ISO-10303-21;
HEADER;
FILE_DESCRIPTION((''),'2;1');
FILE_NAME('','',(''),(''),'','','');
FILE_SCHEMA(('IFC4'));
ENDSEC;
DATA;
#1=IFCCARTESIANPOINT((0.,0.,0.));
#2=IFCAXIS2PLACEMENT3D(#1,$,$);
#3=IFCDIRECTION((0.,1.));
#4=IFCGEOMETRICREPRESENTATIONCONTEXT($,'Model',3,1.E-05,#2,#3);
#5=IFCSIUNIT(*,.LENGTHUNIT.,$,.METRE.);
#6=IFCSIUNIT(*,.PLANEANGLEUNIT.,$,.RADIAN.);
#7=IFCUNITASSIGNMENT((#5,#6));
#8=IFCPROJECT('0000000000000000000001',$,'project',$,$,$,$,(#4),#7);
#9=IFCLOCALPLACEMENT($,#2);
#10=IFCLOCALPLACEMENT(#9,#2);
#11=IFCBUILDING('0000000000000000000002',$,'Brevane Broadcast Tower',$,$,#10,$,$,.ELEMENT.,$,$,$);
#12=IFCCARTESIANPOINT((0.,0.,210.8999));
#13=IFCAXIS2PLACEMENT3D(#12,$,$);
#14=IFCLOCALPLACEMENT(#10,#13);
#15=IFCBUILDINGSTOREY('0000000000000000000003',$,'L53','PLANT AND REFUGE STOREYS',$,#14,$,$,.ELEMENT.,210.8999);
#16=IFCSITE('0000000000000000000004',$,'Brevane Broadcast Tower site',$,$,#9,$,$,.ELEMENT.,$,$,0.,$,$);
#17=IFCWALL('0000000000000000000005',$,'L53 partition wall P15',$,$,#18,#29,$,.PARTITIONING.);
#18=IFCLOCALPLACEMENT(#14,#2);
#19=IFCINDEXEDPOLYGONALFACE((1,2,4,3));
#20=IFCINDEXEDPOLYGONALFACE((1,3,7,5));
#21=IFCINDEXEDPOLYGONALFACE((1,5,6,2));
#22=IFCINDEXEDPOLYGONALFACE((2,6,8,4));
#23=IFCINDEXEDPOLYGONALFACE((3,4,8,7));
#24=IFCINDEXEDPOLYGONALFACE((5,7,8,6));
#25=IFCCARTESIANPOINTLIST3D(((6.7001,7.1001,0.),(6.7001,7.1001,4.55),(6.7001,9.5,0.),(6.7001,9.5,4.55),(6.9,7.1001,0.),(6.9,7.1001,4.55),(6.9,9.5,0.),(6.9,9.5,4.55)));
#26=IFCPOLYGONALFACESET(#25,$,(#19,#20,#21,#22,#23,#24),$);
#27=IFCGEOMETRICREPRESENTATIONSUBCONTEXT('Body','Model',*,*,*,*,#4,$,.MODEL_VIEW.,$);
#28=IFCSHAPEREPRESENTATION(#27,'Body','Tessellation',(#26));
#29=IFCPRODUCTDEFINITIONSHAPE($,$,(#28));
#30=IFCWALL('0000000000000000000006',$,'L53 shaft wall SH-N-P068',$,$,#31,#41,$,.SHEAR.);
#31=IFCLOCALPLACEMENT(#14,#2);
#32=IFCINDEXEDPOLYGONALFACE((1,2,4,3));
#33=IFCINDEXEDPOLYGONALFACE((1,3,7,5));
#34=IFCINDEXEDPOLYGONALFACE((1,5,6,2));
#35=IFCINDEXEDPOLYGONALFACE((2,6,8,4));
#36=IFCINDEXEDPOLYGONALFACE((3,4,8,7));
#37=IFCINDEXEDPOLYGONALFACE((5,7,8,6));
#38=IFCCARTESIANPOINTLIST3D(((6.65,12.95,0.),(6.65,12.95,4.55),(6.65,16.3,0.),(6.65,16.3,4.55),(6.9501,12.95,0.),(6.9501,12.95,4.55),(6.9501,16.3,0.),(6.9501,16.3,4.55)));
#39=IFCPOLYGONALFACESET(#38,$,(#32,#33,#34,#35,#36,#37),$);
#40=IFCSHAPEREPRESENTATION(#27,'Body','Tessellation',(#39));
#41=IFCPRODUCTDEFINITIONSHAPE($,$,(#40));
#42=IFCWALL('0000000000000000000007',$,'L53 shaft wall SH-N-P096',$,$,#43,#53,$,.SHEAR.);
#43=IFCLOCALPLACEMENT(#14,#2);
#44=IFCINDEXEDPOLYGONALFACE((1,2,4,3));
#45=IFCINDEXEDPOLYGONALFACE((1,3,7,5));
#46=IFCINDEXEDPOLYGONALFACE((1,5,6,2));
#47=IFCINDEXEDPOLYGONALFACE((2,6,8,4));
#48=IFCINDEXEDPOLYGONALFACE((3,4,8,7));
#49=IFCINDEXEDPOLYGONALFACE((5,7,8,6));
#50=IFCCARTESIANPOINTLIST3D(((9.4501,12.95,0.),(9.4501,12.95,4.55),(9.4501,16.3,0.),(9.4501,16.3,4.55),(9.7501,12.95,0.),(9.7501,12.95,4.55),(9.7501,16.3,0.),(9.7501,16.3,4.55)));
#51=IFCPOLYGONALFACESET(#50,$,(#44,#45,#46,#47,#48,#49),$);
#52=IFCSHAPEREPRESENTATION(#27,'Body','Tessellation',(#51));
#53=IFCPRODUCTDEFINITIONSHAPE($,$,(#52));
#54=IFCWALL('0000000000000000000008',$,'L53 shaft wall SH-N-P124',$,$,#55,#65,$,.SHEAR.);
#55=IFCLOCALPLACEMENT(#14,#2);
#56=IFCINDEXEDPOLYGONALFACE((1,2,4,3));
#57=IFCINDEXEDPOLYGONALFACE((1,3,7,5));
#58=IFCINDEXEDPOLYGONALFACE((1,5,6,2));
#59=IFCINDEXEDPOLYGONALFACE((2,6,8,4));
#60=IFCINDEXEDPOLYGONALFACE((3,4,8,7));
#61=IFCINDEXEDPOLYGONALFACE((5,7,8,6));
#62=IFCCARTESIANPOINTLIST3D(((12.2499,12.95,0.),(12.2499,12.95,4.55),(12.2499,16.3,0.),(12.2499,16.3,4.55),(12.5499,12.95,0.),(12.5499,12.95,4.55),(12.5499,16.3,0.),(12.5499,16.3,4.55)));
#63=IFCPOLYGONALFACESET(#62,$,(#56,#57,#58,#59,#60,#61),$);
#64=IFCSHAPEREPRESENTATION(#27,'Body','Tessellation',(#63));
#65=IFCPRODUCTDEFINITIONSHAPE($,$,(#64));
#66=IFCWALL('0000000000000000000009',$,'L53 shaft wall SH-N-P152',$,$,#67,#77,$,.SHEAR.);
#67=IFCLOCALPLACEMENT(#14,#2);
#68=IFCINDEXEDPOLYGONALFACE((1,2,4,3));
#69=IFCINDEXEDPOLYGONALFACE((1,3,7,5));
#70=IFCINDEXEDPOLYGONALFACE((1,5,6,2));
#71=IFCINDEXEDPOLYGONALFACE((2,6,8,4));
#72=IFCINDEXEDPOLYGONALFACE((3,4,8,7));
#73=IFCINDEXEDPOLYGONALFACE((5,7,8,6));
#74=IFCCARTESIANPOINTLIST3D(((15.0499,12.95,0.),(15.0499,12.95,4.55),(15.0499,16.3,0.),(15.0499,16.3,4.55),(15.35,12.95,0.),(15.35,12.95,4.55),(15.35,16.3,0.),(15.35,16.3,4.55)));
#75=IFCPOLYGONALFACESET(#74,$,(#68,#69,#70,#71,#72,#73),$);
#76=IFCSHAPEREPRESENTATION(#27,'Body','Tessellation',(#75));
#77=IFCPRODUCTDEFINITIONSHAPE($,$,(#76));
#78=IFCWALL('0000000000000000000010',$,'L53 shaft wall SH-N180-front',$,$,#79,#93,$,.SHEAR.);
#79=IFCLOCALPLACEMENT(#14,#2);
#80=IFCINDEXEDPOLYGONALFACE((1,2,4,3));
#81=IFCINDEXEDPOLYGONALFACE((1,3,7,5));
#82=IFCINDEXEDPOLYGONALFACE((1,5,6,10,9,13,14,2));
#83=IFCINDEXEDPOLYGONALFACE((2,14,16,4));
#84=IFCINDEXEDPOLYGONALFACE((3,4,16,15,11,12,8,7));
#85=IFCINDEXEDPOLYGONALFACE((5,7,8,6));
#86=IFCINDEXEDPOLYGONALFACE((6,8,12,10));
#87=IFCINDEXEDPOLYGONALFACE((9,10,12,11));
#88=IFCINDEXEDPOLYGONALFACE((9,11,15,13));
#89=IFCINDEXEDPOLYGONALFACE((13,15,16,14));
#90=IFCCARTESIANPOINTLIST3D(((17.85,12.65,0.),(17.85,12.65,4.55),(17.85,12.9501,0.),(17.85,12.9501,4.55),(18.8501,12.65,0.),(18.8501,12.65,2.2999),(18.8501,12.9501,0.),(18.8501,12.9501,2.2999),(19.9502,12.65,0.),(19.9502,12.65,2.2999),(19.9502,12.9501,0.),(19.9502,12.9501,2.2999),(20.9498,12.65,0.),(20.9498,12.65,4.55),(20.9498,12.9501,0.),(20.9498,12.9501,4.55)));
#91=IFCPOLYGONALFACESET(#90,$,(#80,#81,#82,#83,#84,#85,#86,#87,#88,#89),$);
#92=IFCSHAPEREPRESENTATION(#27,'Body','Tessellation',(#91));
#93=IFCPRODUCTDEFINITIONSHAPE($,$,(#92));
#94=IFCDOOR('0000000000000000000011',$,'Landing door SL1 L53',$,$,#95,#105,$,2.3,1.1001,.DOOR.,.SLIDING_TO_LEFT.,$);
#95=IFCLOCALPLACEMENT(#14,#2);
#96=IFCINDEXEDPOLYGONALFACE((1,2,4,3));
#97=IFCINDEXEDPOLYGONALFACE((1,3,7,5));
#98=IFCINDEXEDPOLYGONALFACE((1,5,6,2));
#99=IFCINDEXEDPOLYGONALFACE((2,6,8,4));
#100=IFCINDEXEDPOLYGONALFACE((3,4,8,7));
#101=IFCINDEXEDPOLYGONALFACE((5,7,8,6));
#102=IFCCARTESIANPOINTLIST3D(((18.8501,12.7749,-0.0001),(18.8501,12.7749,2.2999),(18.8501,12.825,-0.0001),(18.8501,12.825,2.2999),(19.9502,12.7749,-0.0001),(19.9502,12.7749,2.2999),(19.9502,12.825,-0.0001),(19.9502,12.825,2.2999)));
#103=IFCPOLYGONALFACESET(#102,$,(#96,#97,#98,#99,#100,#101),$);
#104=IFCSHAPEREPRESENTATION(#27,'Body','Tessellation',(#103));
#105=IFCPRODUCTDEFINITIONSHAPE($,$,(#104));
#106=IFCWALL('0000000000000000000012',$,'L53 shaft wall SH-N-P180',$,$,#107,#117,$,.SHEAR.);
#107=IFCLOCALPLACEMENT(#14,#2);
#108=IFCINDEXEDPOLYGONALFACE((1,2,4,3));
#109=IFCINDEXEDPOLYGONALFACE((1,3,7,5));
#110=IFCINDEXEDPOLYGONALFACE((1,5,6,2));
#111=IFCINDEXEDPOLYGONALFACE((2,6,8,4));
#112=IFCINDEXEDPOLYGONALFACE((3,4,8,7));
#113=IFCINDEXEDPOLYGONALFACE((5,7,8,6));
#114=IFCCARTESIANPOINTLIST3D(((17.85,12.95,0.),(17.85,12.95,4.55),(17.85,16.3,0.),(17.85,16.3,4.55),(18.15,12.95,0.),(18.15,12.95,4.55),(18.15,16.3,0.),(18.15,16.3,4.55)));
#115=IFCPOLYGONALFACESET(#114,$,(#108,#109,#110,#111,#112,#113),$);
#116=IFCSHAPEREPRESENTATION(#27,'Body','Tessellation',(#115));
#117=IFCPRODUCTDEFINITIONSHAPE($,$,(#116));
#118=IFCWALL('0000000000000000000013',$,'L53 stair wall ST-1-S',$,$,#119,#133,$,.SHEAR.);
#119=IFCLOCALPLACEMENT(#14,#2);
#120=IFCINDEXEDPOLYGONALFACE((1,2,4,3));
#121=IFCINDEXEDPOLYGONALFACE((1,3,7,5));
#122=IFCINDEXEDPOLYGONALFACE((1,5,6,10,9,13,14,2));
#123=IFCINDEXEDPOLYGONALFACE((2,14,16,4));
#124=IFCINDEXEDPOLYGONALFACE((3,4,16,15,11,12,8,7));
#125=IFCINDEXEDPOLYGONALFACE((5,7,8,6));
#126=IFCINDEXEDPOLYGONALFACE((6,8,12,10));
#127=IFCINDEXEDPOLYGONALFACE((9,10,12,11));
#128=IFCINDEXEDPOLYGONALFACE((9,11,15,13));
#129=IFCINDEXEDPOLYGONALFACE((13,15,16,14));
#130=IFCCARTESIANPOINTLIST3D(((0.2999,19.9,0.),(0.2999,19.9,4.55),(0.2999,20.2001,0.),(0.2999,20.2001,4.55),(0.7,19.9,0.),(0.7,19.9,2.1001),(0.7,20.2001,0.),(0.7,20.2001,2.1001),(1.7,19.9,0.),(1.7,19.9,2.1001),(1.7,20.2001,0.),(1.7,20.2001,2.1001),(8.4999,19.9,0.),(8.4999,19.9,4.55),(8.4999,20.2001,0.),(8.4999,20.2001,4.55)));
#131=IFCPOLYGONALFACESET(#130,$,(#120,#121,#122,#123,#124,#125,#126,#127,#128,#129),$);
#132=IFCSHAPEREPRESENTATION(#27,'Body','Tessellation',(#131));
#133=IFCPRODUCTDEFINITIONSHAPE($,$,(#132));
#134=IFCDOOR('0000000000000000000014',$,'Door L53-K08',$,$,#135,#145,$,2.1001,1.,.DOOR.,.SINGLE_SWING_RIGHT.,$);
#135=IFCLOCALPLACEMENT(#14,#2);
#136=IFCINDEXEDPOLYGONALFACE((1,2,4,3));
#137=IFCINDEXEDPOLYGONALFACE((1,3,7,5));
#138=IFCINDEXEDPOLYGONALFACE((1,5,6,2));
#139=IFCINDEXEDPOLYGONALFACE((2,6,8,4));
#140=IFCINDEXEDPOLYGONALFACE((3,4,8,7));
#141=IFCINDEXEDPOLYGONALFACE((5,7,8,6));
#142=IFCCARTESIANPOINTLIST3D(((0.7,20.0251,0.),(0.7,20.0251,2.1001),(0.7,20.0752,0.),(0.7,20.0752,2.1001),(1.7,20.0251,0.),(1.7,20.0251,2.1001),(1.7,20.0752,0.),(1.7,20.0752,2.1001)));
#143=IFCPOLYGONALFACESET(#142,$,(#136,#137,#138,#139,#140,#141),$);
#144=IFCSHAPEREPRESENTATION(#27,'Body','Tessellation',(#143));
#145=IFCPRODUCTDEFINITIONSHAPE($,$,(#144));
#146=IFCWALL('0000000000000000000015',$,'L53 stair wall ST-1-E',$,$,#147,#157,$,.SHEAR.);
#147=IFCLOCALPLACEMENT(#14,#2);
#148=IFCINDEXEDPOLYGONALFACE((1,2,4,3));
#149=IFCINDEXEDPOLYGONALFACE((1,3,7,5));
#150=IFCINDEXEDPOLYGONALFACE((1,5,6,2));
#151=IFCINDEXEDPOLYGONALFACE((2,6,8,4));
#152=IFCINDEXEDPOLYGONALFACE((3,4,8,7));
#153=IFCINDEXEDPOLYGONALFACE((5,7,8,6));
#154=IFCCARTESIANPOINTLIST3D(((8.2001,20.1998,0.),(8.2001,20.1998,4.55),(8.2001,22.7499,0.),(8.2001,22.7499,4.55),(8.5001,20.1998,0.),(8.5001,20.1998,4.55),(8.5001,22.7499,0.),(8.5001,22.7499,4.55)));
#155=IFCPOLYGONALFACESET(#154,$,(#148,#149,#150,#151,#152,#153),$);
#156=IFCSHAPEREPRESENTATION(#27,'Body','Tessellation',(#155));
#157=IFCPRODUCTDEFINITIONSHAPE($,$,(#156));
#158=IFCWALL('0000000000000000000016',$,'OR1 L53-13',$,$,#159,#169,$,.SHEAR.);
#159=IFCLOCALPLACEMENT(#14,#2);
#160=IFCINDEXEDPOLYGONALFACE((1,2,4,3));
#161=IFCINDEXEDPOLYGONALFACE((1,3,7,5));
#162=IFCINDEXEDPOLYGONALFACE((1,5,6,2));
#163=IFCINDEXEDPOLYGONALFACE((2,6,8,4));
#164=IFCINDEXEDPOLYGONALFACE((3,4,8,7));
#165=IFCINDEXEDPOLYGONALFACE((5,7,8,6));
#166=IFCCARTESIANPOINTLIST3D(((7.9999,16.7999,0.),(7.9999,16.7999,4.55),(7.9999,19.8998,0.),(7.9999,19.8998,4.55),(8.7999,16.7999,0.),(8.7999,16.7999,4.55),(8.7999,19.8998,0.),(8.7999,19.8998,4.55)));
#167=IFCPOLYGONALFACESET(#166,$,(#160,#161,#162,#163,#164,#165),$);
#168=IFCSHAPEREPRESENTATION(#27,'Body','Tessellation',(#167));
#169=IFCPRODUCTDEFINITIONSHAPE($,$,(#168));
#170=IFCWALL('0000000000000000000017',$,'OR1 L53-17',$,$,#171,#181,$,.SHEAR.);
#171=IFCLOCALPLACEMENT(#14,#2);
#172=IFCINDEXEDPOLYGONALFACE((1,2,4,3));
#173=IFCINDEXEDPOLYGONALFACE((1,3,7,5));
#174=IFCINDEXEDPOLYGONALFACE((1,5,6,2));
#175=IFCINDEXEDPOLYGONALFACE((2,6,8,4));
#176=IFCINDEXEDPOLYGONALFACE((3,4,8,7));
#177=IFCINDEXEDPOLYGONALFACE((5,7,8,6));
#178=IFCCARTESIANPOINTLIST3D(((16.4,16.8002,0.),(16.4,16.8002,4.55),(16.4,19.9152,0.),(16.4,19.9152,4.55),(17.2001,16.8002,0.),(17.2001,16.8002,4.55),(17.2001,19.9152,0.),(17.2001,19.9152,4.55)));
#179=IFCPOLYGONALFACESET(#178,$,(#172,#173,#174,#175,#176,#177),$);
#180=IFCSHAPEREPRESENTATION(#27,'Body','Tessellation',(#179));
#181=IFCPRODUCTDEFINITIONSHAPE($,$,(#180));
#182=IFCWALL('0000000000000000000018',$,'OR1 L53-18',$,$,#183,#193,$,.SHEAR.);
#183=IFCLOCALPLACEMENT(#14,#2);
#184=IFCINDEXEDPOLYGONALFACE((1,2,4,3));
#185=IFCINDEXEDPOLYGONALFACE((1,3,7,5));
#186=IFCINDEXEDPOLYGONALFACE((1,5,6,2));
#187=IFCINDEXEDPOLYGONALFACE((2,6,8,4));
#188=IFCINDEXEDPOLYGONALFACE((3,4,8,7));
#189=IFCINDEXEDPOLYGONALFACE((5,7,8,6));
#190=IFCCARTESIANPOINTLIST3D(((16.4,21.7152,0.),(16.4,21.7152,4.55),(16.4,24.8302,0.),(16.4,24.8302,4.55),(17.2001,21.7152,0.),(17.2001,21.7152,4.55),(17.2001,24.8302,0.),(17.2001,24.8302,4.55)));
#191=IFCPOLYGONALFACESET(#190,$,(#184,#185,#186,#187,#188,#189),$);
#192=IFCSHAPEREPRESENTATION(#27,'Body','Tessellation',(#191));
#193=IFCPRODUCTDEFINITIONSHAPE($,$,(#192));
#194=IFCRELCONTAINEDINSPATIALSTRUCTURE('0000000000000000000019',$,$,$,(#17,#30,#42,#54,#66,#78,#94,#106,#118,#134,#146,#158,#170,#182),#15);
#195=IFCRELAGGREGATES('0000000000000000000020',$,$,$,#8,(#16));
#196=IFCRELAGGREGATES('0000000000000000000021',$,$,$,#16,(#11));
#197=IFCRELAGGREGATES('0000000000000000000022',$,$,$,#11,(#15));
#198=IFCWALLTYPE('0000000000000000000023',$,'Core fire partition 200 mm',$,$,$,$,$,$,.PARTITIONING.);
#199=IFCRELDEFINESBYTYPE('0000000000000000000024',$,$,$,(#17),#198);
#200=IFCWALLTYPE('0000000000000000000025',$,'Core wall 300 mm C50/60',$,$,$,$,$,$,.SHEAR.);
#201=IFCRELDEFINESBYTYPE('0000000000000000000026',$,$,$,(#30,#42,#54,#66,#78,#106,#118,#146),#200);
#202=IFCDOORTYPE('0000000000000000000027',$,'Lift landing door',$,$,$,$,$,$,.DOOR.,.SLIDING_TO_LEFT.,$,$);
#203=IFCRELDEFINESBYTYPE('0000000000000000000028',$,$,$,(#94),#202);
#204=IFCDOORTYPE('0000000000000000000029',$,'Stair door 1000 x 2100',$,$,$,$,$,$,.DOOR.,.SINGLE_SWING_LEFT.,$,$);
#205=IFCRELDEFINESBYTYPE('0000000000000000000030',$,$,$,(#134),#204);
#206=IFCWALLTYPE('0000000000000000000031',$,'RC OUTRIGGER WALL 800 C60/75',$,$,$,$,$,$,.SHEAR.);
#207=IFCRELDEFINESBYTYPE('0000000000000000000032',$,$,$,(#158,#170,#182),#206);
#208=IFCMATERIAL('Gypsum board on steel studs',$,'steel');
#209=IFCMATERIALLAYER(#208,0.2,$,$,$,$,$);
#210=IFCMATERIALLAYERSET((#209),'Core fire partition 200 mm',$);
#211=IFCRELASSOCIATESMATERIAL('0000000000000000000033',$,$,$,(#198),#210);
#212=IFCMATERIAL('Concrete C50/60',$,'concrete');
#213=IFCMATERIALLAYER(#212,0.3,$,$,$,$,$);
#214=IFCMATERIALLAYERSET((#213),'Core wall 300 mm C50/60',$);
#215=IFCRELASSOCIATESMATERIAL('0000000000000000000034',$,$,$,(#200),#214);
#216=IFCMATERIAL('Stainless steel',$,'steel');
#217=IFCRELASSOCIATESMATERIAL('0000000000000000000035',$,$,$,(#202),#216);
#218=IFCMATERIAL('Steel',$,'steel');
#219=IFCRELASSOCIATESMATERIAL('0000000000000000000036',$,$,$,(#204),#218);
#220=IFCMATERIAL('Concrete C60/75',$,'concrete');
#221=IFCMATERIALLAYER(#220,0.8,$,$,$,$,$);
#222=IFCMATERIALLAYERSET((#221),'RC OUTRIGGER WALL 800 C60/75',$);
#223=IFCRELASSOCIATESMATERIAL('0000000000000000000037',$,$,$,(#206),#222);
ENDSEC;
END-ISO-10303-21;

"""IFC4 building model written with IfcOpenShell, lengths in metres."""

from ifc_helpers import new_model, si_unit, direction, frame, frame_2d, origin, place, context, subcontext, project, spatial, rectangle, extrude, material, layer, layer_set, type_object, element, fill, save


model = new_model("IFC4")

# Units and contexts
model_context = context("Model", 3, precision=1e-05, world=origin(), true_north=direction((0.0, 1.0)))
body_context = subcontext(model_context, "Body", "Model", "MODEL_VIEW")
ifc_project = project(units=[si_unit("LENGTHUNIT", "METRE"), si_unit("PLANEANGLEUNIT", "RADIAN")], contexts=[model_context])

# Site, building, storey
site_placement = place(None, origin())
site = spatial("IfcSite", under=ifc_project, at=site_placement, Name="Brevane Broadcast Tower site", CompositionType="ELEMENT", RefElevation=0.0)
building_placement = place(site_placement, origin())
building = spatial("IfcBuilding", under=site, at=building_placement, Name="Brevane Broadcast Tower", CompositionType="ELEMENT")
storey_placement = place(building_placement, frame((0.0, 0.0, 210.8999)))
storey = spatial("IfcBuildingStorey", under=building, at=storey_placement, Name="L53", Description="PLANT AND REFUGE STOREYS", CompositionType="ELEMENT", Elevation=210.8999)

# Shared definitions
ifc_material_1 = material(Name="Gypsum board on steel studs", Category="steel")
ifc_material_2 = material(Name="Steel", Category="steel")

# Shared definitions
ifc_layer_1 = layer(ifc_material_1, 0.2)
ifc_layer_set_1 = layer_set([ifc_layer_1], Name="Core fire partition 200 mm")
wall_type_1 = type_object("IfcWallType", Name="Core fire partition 200 mm", PredefinedType="PARTITIONING", material=ifc_layer_set_1)

# Walls
wall_1_placement = place(storey_placement, frame((6.8, 9.5, 0.0), z_axis=(0.0, 0.0, 1.0), x_axis=(0.0, -1.0, 0.0)))
element("IfcWall", 1, at=wall_1_placement, inside=storey, type_object=wall_type_1, Name="L53 partition wall P15", PredefinedType="PARTITIONING", context=body_context, shape_type="SweptSolid", body=[
    extrude(rectangle(XDim=2.3999, YDim=0.2, at=frame_2d((1.2, 0.0))), origin(), (0.0, 0.0, 1.0), 4.55),
])
ifc_material_3 = material(Name="Concrete C50/60", Category="concrete")
ifc_layer_2 = layer(ifc_material_3, 0.3)
ifc_layer_set_2 = layer_set([ifc_layer_2], Name="Core wall 300 mm C50/60")
wall_type_2 = type_object("IfcWallType", Name="Core wall 300 mm C50/60", PredefinedType="SHEAR", material=ifc_layer_set_2)
for number, where, z_axis, x_axis, name in (
    (2, (6.8, 12.95, 0.0), (0.0, 0.0, 1.0), (0.0, 1.0, 0.0), "L53 shaft wall SH-N-P068"),
    (3, (9.6001, 12.95, 0.0), (0.0, 0.0, 1.0), (0.0, 1.0, 0.0), "L53 shaft wall SH-N-P096"),
    (4, (12.3999, 12.95, 0.0), (0.0, 0.0, 1.0), (0.0, 1.0, 0.0), "L53 shaft wall SH-N-P124"),
    (5, (15.2, 12.95, 0.0), (0.0, 0.0, 1.0), (0.0, 1.0, 0.0), "L53 shaft wall SH-N-P152"),
):
    element("IfcWall", number, at=place(storey_placement, frame(where, z_axis=z_axis, x_axis=x_axis)), inside=storey, type_object=wall_type_2, Name=name, PredefinedType="SHEAR", context=body_context, shape_type="SweptSolid", body=[
        extrude(rectangle(XDim=3.3501, YDim=0.3, at=frame_2d((1.675, 0.0))), origin(), (0.0, 0.0, 1.0), 4.55),
    ])

# Wall, opening, door
wall_2_placement = place(storey_placement, frame((17.8501, 12.8, 0.0), z_axis=(0.0, 0.0, 1.0), x_axis=(1.0, 0.0, 0.0)))
wall_2 = element("IfcWall", 6, at=wall_2_placement, inside=storey, type_object=wall_type_2, Name="L53 shaft wall SH-N180-front", PredefinedType="SHEAR", context=body_context, shape_type="SweptSolid", body=[
    extrude(rectangle(XDim=3.0999, YDim=0.3, at=frame_2d((1.5498, 0.0))), origin(), (0.0, 0.0, 1.0), 4.55),
])
opening_1_placement = place(wall_2_placement, frame((1.0, 0.0, 0.0)))
opening_1 = element("IfcOpeningElement", 7, at=opening_1_placement, cuts=wall_2, PredefinedType="OPENING", context=body_context, shape_type="SweptSolid", body=[
    extrude(rectangle(XDim=1.1001, YDim=2.3, at=frame_2d((0.55, 1.1499))), frame((0.0, 0.1599, 0.0), z_axis=(0.0, -1.0, 0.0), x_axis=(1.0, 0.0, 0.0)), (0.0, 0.0, 1.0), 0.3201),
])
ifc_material_4 = material(Name="Stainless steel", Category="steel")
door_type_1 = type_object("IfcDoorType", Name="Lift landing door", OperationType="SLIDING_TO_LEFT", PredefinedType="DOOR", material=ifc_material_4)
door_1_placement = place(opening_1_placement, origin())
door_1 = element("IfcDoor", 8, at=door_1_placement, inside=storey, type_object=door_type_1, Name="Landing door SL1 L53", OperationType="SLIDING_TO_LEFT", OverallHeight=2.3, OverallWidth=1.1001, PredefinedType="DOOR", context=body_context, shape_type="SweptSolid", body=[
    extrude(rectangle(XDim=1.1001, YDim=2.3, at=frame_2d((0.55, 1.1499))), frame((0.0, 0.0249, 0.0), z_axis=(0.0, -1.0, 0.0), x_axis=(1.0, 0.0, 0.0)), (0.0, 0.0, 1.0), 0.05),
])
fill(opening_1, door_1)

# Wall
wall_3_placement = place(storey_placement, frame((18.0, 12.95, 0.0), z_axis=(0.0, 0.0, 1.0), x_axis=(0.0, 1.0, 0.0)))
element("IfcWall", 9, at=wall_3_placement, inside=storey, type_object=wall_type_2, Name="L53 shaft wall SH-N-P180", PredefinedType="SHEAR", context=body_context, shape_type="SweptSolid", body=[
    extrude(rectangle(XDim=3.3501, YDim=0.3, at=frame_2d((1.675, 0.0))), origin(), (0.0, 0.0, 1.0), 4.55),
])

# Wall, opening, door
wall_4_placement = place(storey_placement, frame((8.5, 20.05, 0.0), z_axis=(0.0, 0.0, 1.0), x_axis=(-1.0, 0.0, 0.0)))
wall_4 = element("IfcWall", 10, at=wall_4_placement, inside=storey, type_object=wall_type_2, Name="L53 stair wall ST-1-S", PredefinedType="SHEAR", context=body_context, shape_type="SweptSolid", body=[
    extrude(rectangle(XDim=8.2, YDim=0.3, at=frame_2d((4.1001, 0.0))), origin(), (0.0, 0.0, 1.0), 4.55),
])
opening_2_placement = place(wall_4_placement, frame((6.8, 0.0, 0.0)))
opening_2 = element("IfcOpeningElement", 11, at=opening_2_placement, cuts=wall_4, PredefinedType="OPENING", context=body_context, shape_type="SweptSolid", body=[
    extrude(rectangle(XDim=1.0, YDim=2.1001, at=frame_2d((0.5, 1.05))), frame((0.0, 0.1599, 0.0), z_axis=(0.0, -1.0, 0.0), x_axis=(1.0, 0.0, 0.0)), (0.0, 0.0, 1.0), 0.3201),
])
door_type_2 = type_object("IfcDoorType", Name="Stair door 1000 x 2100", OperationType="SINGLE_SWING_LEFT", PredefinedType="DOOR", material=ifc_material_2)
door_2_placement = place(opening_2_placement, origin())
door_2 = element("IfcDoor", 12, at=door_2_placement, inside=storey, type_object=door_type_2, Name="Door L53-K08", OperationType="SINGLE_SWING_RIGHT", OverallHeight=2.1001, OverallWidth=1.0, PredefinedType="DOOR", context=body_context, shape_type="SweptSolid", body=[
    extrude(rectangle(XDim=1.0, YDim=2.1001, at=frame_2d((0.5, 1.05))), frame((0.0, 0.0249, 0.0), z_axis=(0.0, -1.0, 0.0), x_axis=(1.0, 0.0, 0.0)), (0.0, 0.0, 1.0), 0.05),
])
fill(opening_2, door_2)

# Walls
wall_5_placement = place(storey_placement, frame((8.3501, 20.2, 0.0), z_axis=(0.0, 0.0, 1.0), x_axis=(0.0, 1.0, 0.0)))
element("IfcWall", 13, at=wall_5_placement, inside=storey, type_object=wall_type_2, Name="L53 stair wall ST-1-E", PredefinedType="SHEAR", context=body_context, shape_type="SweptSolid", body=[
    extrude(rectangle(XDim=2.55, YDim=0.3, at=frame_2d((1.2749, 0.0))), origin(), (0.0, 0.0, 1.0), 4.55),
])
ifc_material_5 = material(Name="Concrete C60/75", Category="concrete")
ifc_layer_3 = layer(ifc_material_5, 0.8)
ifc_layer_set_3 = layer_set([ifc_layer_3], Name="RC OUTRIGGER WALL 800 C60/75")
wall_type_3 = type_object("IfcWallType", Name="RC OUTRIGGER WALL 800 C60/75", PredefinedType="SHEAR", material=ifc_layer_set_3)
wall_6_placement = place(storey_placement, frame((8.3999, 16.8, 0.0), z_axis=(0.0, 0.0, 1.0), x_axis=(0.0, 1.0, 0.0)))
element("IfcWall", 14, at=wall_6_placement, inside=storey, type_object=wall_type_3, Name="OR1 L53-13", PredefinedType="SHEAR", context=body_context, shape_type="SweptSolid", body=[
    extrude(rectangle(XDim=3.0999, YDim=0.8, at=frame_2d((1.5498, 0.0))), origin(), (0.0, 0.0, 1.0), 4.55),
])
for number, where, z_axis, x_axis, name in (
    (15, (16.8, 16.8, 0.0), (0.0, 0.0, 1.0), (0.0, 1.0, 0.0), "OR1 L53-17"),
    (16, (16.8, 21.7151, 0.0), (0.0, 0.0, 1.0), (0.0, 1.0, 0.0), "OR1 L53-18"),
):
    element("IfcWall", number, at=place(storey_placement, frame(where, z_axis=z_axis, x_axis=x_axis)), inside=storey, type_object=wall_type_3, Name=name, PredefinedType="SHEAR", context=body_context, shape_type="SweptSolid", body=[
        extrude(rectangle(XDim=3.115, YDim=0.8, at=frame_2d((1.5576, 0.0))), origin(), (0.0, 0.0, 1.0), 4.55),
    ])

save(model, "model.ifc")
